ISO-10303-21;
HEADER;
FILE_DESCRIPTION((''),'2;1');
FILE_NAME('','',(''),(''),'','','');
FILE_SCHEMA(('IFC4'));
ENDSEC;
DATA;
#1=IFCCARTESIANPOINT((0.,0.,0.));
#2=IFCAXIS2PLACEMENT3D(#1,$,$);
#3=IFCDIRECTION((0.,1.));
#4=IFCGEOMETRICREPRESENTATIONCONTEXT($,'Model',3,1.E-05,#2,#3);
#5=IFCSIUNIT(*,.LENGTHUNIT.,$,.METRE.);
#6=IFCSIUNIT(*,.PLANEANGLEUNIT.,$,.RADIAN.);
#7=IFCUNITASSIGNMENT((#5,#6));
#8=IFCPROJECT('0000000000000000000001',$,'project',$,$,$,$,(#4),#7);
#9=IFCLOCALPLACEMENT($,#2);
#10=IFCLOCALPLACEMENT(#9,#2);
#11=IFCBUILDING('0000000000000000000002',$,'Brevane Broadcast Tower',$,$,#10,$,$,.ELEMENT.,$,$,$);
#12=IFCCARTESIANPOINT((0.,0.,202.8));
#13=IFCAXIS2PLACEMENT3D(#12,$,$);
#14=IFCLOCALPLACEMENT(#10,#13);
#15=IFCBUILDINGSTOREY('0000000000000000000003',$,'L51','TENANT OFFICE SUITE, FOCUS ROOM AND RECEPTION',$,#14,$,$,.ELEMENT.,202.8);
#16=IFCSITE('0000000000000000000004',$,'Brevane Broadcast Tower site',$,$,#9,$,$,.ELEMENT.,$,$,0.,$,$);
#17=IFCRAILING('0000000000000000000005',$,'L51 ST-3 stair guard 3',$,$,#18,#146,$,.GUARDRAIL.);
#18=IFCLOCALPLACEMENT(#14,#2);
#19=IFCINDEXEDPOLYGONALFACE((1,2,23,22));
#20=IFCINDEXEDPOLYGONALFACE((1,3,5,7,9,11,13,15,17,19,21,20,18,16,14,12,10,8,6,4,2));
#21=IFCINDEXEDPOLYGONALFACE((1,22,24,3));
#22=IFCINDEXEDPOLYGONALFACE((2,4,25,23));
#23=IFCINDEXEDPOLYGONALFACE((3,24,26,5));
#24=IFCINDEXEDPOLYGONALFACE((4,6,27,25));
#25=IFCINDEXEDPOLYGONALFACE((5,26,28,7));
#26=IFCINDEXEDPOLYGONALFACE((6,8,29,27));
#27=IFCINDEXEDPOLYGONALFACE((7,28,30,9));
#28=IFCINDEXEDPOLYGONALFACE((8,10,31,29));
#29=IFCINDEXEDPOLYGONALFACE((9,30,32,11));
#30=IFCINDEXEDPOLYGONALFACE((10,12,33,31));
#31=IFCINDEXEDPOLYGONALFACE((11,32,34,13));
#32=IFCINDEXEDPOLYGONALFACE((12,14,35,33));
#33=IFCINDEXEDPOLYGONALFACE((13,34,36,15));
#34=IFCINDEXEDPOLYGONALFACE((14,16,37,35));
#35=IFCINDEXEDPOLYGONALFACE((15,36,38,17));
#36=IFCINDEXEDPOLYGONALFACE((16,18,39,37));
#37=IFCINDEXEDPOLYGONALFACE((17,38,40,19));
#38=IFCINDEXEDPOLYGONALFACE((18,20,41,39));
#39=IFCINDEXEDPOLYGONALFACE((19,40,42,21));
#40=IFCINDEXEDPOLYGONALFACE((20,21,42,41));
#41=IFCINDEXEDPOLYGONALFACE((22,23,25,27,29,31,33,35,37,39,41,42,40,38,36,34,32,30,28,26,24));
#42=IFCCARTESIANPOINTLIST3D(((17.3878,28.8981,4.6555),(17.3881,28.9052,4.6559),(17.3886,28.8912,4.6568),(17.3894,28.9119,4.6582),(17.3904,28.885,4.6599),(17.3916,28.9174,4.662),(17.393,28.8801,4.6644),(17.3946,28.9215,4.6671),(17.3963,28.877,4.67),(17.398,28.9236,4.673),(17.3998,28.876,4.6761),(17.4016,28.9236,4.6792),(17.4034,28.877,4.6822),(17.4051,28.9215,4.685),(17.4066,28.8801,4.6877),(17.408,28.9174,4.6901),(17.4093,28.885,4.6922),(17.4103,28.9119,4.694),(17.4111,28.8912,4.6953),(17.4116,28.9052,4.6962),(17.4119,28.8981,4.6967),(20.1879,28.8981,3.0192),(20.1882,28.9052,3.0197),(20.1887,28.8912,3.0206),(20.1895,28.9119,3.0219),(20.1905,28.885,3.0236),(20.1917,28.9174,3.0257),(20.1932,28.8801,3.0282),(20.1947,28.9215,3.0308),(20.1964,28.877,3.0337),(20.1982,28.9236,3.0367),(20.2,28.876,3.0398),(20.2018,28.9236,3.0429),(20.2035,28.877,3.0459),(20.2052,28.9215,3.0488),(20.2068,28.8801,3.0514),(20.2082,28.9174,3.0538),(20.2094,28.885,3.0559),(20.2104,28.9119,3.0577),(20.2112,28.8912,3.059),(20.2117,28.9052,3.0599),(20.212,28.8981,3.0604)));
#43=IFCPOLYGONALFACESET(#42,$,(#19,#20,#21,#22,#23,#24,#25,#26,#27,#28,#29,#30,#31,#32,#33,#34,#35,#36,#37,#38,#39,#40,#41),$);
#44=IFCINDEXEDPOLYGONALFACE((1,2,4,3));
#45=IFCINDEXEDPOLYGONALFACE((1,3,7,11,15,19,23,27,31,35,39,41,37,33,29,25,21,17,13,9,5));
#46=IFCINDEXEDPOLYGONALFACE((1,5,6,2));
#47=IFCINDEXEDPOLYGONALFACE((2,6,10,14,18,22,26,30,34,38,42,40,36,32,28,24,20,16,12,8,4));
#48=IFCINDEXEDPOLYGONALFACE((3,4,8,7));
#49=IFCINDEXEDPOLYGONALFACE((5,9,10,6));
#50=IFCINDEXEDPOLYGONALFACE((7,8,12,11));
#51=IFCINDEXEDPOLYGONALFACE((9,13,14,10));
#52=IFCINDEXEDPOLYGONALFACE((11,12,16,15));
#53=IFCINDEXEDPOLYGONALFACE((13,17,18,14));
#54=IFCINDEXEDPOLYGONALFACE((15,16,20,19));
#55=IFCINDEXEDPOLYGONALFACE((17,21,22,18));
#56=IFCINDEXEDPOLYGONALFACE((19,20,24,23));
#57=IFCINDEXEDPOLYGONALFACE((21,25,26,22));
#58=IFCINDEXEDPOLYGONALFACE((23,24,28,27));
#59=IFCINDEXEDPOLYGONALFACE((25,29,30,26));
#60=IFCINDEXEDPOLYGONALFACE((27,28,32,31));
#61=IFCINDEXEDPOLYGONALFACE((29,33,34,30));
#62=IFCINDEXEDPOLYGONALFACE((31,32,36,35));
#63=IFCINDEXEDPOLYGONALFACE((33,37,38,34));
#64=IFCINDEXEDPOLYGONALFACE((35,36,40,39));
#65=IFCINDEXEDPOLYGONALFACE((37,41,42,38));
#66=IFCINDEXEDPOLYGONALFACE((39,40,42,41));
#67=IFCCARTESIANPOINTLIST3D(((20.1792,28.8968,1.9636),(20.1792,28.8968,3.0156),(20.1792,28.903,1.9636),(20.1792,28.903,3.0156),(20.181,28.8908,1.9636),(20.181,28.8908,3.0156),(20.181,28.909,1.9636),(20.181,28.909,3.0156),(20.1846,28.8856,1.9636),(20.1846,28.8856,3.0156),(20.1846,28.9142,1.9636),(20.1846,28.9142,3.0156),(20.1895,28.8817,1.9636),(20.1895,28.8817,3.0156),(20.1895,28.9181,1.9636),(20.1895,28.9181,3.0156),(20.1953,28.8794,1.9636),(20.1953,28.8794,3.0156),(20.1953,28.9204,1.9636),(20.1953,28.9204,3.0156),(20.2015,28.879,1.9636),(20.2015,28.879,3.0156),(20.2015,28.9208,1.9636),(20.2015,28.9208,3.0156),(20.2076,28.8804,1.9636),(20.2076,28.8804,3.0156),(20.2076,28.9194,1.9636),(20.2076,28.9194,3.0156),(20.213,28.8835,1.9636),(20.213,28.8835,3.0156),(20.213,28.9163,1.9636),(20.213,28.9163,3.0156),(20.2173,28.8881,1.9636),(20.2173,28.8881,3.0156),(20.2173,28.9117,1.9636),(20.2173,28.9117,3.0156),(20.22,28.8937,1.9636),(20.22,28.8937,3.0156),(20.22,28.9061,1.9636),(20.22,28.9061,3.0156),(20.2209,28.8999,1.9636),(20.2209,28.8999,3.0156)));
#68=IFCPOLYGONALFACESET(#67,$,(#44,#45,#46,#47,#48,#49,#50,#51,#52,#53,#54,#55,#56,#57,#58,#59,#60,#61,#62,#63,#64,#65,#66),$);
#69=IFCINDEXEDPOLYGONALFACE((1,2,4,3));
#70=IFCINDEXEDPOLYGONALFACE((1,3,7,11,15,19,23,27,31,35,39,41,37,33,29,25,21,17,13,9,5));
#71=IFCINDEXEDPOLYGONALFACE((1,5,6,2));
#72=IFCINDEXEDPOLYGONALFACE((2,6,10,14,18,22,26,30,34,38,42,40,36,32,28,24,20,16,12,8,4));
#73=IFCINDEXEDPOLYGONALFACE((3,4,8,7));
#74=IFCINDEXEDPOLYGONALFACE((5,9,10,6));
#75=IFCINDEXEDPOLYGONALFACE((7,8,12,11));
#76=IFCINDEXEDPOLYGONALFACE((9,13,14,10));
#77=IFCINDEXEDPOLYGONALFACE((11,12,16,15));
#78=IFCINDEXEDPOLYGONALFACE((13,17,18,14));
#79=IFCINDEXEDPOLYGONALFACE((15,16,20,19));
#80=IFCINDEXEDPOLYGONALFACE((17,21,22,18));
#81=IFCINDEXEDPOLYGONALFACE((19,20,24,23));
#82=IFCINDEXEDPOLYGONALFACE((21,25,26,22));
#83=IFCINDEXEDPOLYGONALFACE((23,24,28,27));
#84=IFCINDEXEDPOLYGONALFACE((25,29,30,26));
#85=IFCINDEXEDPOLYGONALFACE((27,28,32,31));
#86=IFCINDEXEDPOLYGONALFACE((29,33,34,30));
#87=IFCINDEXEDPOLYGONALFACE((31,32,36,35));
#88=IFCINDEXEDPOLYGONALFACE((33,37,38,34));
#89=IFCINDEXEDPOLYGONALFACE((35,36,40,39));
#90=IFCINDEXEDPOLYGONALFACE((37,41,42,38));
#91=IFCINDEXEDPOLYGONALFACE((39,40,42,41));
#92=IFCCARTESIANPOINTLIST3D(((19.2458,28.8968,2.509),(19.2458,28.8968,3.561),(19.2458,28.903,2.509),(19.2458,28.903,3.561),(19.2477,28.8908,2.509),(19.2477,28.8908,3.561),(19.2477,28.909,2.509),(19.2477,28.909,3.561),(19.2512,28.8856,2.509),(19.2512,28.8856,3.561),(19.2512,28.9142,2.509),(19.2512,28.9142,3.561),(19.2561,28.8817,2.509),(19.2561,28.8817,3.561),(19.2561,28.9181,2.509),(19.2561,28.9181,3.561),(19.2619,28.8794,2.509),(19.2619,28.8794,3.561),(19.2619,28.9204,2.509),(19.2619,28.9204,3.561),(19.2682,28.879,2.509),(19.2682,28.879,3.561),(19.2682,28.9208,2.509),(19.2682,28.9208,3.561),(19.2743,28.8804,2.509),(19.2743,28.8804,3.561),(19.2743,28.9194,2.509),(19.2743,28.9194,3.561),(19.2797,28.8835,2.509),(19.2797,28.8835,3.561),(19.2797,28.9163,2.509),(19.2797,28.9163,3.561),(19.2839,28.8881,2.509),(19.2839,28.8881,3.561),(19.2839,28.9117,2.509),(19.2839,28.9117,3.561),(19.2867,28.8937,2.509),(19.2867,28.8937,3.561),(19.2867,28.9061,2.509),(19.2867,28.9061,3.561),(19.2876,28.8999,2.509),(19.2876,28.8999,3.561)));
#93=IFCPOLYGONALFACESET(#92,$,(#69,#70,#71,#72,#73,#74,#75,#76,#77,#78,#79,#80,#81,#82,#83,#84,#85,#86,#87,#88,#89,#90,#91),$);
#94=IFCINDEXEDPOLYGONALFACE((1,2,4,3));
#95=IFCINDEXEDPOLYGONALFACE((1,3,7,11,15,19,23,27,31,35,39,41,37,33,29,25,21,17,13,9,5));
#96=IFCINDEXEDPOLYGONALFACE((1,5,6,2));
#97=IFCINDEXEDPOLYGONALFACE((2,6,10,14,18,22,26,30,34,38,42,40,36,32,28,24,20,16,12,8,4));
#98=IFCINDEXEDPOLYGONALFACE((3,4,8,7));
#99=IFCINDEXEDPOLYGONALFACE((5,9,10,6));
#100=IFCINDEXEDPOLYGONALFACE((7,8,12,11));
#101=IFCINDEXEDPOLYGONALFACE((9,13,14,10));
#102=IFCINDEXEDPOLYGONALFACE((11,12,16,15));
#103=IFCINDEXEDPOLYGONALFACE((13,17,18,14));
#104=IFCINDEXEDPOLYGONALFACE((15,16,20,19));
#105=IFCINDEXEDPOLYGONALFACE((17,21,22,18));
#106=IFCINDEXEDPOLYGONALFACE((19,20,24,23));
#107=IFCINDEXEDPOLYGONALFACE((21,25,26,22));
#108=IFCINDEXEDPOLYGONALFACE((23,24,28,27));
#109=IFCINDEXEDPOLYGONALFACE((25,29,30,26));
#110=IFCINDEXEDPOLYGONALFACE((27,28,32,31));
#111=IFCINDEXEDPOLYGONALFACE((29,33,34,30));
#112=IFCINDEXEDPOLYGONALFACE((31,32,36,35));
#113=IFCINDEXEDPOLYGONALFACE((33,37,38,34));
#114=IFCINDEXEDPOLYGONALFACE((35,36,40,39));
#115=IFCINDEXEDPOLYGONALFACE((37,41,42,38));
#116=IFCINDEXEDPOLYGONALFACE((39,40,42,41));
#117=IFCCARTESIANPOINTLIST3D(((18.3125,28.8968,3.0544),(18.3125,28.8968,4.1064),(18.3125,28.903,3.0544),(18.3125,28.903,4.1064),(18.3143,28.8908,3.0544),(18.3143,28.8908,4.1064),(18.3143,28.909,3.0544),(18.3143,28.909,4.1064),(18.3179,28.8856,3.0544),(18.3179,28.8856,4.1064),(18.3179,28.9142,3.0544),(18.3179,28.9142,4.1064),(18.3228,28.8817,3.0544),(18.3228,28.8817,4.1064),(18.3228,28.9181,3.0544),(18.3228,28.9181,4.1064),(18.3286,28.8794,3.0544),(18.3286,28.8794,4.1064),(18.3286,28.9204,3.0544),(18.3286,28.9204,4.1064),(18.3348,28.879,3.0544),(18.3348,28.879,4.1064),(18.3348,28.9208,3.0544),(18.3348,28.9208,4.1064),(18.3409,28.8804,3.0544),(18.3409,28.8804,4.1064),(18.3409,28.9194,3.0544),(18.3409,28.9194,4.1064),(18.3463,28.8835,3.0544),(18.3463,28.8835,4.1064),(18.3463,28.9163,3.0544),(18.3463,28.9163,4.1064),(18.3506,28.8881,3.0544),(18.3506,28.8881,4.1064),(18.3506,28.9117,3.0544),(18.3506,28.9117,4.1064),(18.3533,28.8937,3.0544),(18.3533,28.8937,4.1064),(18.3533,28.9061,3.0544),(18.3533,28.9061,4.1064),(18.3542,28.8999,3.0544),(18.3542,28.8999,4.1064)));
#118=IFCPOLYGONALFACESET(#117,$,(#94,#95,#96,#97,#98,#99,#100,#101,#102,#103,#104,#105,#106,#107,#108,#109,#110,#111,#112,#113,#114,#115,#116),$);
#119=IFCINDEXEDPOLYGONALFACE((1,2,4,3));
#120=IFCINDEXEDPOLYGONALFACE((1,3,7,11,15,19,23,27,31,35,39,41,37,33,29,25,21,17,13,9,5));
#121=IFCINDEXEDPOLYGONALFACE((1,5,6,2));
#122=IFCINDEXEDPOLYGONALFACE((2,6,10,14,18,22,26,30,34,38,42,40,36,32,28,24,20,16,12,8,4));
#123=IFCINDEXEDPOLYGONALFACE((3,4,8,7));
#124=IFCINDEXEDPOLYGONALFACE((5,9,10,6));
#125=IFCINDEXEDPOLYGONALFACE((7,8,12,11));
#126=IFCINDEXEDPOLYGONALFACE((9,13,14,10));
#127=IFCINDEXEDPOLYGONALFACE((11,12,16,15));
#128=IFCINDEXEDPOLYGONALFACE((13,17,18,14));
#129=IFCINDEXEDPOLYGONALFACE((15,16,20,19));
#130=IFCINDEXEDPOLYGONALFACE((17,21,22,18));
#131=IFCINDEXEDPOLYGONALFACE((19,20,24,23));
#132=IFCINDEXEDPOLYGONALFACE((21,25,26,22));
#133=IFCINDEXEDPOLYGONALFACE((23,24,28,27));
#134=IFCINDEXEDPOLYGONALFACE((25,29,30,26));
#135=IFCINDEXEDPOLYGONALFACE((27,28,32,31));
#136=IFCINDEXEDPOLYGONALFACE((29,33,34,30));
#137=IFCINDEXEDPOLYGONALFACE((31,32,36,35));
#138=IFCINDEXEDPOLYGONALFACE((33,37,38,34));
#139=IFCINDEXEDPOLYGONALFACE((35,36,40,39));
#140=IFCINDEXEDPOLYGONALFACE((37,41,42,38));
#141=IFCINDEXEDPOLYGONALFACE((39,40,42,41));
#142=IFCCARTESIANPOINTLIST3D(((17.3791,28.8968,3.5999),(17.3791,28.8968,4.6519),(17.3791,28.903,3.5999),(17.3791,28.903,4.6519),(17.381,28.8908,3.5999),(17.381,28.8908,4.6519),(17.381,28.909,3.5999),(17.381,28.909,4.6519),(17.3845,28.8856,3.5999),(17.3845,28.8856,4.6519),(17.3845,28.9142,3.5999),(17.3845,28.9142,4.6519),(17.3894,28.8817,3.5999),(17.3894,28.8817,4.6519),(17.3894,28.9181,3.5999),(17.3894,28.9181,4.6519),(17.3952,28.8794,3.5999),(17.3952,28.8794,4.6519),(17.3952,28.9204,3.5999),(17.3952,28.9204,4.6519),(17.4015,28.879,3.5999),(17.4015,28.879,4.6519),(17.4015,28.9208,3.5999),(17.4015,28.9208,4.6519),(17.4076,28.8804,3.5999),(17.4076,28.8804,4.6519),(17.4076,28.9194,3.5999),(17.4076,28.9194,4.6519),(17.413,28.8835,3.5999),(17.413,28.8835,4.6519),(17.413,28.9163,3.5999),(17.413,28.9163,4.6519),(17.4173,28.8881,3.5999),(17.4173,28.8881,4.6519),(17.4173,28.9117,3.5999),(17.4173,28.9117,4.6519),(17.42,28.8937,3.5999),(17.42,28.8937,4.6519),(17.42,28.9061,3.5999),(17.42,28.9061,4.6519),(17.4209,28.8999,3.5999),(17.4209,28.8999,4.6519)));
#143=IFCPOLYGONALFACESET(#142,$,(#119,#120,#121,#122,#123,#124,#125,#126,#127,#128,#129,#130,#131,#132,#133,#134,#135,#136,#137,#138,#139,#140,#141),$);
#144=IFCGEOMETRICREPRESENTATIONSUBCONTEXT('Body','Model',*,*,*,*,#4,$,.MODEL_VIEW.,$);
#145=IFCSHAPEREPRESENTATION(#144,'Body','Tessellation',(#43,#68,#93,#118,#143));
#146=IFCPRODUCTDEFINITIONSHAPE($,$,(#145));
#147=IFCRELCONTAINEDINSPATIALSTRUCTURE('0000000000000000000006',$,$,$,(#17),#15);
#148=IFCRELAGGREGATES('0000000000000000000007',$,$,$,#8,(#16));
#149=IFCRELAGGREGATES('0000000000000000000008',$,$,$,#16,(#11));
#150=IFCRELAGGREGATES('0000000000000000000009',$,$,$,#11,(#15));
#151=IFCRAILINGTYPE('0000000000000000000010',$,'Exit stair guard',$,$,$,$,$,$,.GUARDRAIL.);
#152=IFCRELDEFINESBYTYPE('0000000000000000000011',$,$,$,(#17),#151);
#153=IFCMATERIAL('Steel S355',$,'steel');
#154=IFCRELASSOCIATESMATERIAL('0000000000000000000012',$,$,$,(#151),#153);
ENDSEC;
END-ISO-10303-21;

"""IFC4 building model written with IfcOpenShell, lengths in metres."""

from ifc_helpers import new_model, si_unit, direction, frame, origin, origin_2d, place, context, subcontext, project, spatial, circle, extrude, material, type_object, element, save


model = new_model("IFC4")

# Units and contexts
model_context = context("Model", 3, precision=1e-05, world=origin(), true_north=direction((0.0, 1.0)))
body_context = subcontext(model_context, "Body", "Model", "MODEL_VIEW")
ifc_project = project(units=[si_unit("LENGTHUNIT", "METRE"), si_unit("PLANEANGLEUNIT", "RADIAN")], contexts=[model_context])

# Site, building, storey
site_placement = place(None, origin())
site = spatial("IfcSite", under=ifc_project, at=site_placement, Name="Brevane Broadcast Tower site", CompositionType="ELEMENT", RefElevation=0.0)
building_placement = place(site_placement, origin())
building = spatial("IfcBuilding", under=site, at=building_placement, Name="Brevane Broadcast Tower", CompositionType="ELEMENT")
storey_placement = place(building_placement, frame((0.0, 0.0, 202.8)))
storey = spatial("IfcBuildingStorey", under=building, at=storey_placement, Name="L51", Description="TENANT OFFICE SUITE, FOCUS ROOM AND RECEPTION", CompositionType="ELEMENT", Elevation=202.8)

# Railing
ifc_material_1 = material(Name="Steel S355", Category="steel")
railing_type_1 = type_object("IfcRailingType", Name="Exit stair guard", PredefinedType="GUARDRAIL", material=ifc_material_1)
railing_1_placement = place(storey_placement, frame((20.2, 28.8999, 1.9636)))
element("IfcRailing", 1, at=railing_1_placement, inside=storey, type_object=railing_type_1, Name="L51 ST-3 stair guard 3", PredefinedType="GUARDRAIL", context=body_context, shape_type="SweptSolid", body=[
    extrude(circle(Radius=0.0239, at=origin_2d()), frame((0.0, 0.0, 1.0762), z_axis=(-0.863394, 0.0, 0.504531), x_axis=(0.0, -1.0, 0.0)), (0.0, 0.0, 1.0), 3.2432),
    extrude(circle(Radius=0.021, at=origin_2d()), origin(), (0.0, 0.0, 1.0), 1.052),
    extrude(circle(Radius=0.021, at=origin_2d()), frame((-0.9333, 0.0, 0.5454)), (0.0, 0.0, 1.0), 1.052),
    extrude(circle(Radius=0.021, at=origin_2d()), frame((-1.8667, 0.0, 1.0908)), (0.0, 0.0, 1.0), 1.052),
    extrude(circle(Radius=0.021, at=origin_2d()), frame((-2.8, 0.0, 1.6362)), (0.0, 0.0, 1.0), 1.052),
])

save(model, "model.ifc")
